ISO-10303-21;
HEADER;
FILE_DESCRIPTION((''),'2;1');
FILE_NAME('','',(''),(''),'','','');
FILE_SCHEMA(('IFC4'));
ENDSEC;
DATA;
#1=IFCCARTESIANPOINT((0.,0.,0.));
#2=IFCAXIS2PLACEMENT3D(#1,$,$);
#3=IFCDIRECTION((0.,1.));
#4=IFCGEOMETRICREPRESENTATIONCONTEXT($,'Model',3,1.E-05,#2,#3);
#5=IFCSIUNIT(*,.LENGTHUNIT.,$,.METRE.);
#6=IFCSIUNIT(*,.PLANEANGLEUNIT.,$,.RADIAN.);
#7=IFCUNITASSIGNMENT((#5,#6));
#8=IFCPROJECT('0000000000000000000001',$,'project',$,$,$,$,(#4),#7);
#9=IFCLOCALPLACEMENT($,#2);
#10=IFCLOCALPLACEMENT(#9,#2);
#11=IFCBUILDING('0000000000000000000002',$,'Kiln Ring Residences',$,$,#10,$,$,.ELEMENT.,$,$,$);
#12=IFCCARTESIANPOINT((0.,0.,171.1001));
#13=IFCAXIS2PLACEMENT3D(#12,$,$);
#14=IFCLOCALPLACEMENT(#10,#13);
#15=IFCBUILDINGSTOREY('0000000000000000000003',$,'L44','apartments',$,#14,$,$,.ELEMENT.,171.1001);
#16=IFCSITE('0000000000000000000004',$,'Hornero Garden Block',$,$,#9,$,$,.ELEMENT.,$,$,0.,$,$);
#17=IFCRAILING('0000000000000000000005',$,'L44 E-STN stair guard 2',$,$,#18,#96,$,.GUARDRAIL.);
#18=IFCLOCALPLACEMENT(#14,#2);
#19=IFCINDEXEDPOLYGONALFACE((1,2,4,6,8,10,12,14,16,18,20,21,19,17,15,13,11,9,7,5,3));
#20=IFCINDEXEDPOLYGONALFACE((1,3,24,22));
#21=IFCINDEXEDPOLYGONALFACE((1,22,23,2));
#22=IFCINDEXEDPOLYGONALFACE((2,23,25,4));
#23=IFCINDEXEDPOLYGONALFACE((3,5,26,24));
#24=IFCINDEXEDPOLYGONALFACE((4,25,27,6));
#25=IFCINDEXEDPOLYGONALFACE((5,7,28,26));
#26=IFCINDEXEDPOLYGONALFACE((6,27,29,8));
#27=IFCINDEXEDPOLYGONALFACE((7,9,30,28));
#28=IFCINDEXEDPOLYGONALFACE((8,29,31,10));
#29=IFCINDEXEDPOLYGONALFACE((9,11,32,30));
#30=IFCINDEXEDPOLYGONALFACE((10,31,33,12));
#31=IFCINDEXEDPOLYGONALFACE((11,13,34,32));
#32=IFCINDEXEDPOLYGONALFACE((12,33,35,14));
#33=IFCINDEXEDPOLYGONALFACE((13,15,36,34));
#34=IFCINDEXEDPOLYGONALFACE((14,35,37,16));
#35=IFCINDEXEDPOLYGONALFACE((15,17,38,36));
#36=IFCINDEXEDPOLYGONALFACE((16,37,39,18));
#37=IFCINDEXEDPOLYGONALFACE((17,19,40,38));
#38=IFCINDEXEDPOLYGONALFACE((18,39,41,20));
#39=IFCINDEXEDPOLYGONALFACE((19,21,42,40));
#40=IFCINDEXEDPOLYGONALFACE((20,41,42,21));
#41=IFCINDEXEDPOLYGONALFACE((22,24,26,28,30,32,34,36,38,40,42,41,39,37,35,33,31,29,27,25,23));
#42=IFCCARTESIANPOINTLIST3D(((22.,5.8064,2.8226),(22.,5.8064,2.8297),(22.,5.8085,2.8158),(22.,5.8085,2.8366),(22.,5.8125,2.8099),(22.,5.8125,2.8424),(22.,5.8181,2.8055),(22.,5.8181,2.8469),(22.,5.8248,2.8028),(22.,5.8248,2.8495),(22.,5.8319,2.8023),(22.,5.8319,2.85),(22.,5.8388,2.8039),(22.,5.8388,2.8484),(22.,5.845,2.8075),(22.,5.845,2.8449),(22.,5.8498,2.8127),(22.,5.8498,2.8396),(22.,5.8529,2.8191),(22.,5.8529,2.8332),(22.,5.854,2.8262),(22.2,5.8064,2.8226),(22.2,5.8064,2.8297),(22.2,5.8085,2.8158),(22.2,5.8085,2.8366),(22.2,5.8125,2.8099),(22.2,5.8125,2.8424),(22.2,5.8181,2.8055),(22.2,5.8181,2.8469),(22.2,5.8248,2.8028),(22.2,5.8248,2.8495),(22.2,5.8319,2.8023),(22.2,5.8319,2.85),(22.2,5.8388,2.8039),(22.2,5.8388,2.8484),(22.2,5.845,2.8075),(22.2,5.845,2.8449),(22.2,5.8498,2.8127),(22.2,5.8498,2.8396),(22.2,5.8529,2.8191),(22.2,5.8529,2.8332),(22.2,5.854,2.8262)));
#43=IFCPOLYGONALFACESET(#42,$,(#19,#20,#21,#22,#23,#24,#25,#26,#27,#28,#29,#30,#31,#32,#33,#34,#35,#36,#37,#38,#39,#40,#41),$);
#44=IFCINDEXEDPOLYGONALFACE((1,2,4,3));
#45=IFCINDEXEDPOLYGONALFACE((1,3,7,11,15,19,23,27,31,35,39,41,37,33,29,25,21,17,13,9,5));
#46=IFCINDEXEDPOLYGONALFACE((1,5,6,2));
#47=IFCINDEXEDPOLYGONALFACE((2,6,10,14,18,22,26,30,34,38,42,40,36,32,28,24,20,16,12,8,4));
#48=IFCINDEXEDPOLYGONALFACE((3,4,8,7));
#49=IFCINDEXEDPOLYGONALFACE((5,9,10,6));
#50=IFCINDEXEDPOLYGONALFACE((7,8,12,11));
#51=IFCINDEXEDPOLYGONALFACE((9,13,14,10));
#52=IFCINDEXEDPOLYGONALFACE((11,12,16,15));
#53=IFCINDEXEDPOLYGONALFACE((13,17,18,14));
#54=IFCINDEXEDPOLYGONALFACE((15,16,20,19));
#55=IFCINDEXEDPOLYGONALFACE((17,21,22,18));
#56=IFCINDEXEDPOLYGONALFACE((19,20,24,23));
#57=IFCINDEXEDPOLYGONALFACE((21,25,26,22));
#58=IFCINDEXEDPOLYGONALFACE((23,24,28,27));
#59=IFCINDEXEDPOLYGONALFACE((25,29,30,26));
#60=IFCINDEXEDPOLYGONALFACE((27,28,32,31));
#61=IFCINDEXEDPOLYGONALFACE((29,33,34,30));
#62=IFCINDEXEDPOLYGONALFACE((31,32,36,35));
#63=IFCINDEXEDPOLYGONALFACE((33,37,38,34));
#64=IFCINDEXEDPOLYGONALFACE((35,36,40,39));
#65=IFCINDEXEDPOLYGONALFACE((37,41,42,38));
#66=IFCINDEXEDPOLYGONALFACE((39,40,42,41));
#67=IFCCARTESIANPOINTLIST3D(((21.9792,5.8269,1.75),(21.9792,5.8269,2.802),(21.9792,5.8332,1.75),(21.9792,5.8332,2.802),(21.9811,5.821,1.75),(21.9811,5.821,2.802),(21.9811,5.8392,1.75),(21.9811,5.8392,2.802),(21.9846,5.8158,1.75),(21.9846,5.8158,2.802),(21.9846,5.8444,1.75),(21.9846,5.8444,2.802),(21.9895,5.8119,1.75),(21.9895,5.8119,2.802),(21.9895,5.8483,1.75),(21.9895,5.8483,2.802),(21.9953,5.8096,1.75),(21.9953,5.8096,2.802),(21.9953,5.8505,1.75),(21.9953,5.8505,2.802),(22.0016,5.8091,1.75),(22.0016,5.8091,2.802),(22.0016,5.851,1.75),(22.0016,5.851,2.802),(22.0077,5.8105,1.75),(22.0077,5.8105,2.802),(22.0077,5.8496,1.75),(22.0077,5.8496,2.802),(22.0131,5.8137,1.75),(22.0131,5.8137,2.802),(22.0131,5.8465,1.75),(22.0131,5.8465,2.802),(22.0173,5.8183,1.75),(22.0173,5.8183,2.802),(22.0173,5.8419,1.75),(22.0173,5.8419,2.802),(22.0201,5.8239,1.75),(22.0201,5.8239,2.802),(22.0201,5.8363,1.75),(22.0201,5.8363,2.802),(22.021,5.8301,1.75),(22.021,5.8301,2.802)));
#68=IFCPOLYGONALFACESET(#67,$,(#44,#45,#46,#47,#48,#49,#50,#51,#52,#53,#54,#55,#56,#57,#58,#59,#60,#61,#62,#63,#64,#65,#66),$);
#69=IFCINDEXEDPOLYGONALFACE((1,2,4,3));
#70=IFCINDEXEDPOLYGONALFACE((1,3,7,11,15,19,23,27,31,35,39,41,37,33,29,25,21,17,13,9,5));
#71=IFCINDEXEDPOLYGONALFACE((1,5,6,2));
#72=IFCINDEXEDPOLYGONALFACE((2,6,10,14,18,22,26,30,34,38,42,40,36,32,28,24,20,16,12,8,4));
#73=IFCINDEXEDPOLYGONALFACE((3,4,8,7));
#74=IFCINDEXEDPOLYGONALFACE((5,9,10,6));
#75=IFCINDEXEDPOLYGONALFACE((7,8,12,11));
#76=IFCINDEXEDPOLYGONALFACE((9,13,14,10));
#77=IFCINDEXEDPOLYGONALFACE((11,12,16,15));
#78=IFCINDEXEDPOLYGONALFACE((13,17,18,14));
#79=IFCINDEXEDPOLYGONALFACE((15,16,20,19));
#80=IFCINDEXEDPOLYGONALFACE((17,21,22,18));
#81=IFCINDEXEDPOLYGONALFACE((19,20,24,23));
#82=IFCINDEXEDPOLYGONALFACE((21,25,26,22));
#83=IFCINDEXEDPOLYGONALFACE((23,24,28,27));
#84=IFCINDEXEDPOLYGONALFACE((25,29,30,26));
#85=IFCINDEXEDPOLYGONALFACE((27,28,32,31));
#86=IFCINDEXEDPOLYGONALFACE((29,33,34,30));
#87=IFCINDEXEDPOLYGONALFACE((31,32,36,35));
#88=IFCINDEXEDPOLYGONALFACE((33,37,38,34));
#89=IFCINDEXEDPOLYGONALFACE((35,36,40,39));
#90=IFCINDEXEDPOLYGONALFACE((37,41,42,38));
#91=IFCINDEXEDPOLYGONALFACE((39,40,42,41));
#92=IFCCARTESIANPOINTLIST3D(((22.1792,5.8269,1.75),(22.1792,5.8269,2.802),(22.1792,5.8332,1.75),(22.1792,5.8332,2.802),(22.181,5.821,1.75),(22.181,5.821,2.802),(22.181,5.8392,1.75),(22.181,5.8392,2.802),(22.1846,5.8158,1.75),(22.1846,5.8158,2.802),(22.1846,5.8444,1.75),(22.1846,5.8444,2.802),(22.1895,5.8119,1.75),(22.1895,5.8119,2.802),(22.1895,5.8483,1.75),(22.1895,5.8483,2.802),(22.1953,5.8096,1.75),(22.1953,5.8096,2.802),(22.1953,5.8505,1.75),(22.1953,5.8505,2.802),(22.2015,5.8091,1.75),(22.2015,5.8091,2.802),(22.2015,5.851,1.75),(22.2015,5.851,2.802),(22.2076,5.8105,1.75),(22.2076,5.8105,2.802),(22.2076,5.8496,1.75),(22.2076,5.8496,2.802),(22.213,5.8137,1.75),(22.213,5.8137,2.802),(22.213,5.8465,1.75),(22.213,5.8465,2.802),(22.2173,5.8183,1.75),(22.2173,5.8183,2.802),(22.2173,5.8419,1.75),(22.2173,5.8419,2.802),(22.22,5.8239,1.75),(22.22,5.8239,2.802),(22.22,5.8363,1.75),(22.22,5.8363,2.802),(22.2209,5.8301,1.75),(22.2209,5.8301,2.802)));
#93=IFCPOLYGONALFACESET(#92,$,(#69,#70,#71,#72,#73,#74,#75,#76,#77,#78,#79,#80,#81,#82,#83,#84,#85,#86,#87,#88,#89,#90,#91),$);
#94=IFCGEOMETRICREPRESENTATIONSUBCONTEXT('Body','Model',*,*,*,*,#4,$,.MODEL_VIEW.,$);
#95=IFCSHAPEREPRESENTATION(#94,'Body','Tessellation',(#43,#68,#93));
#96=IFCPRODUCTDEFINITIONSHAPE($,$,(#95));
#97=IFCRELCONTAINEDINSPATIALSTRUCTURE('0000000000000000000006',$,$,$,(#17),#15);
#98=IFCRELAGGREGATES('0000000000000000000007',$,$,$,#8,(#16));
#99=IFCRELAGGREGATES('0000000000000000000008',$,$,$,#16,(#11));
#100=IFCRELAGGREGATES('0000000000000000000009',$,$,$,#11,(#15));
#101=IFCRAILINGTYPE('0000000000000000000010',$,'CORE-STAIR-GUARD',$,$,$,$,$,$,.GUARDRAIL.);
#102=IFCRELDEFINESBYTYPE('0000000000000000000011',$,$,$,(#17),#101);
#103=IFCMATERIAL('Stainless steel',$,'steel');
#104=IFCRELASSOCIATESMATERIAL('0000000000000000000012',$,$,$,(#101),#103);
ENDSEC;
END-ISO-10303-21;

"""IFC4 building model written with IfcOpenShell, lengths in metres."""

from ifc_helpers import new_model, si_unit, direction, frame, origin, origin_2d, place, context, subcontext, project, spatial, circle, extrude, material, type_object, element, save


model = new_model("IFC4")

# Units and contexts
model_context = context("Model", 3, precision=1e-05, world=origin(), true_north=direction((0.0, 1.0)))
body_context = subcontext(model_context, "Body", "Model", "MODEL_VIEW")
ifc_project = project(units=[si_unit("LENGTHUNIT", "METRE"), si_unit("PLANEANGLEUNIT", "RADIAN")], contexts=[model_context])

# Site, building, storey
site_placement = place(None, origin())
site = spatial("IfcSite", under=ifc_project, at=site_placement, Name="Hornero Garden Block", CompositionType="ELEMENT", RefElevation=0.0)
building_placement = place(site_placement, origin())
building = spatial("IfcBuilding", under=site, at=building_placement, Name="Kiln Ring Residences", CompositionType="ELEMENT")
storey_placement = place(building_placement, frame((0.0, 0.0, 171.1001)))
storey = spatial("IfcBuildingStorey", under=building, at=storey_placement, Name="L44", Description="apartments", CompositionType="ELEMENT", Elevation=171.1001)

# Railing
ifc_material_1 = material(Name="Stainless steel", Category="steel")
railing_type_1 = type_object("IfcRailingType", Name="CORE-STAIR-GUARD", PredefinedType="GUARDRAIL", material=ifc_material_1)
railing_1_placement = place(storey_placement, frame((22.0, 5.8301, 1.75)))
element("IfcRailing", 1, at=railing_1_placement, inside=storey, type_object=railing_type_1, Name="L44 E-STN stair guard 2", PredefinedType="GUARDRAIL", context=body_context, shape_type="SweptSolid", body=[
    extrude(circle(Radius=0.0239, at=origin_2d()), frame((0.0, 0.0, 1.0762), z_axis=(1.0, 0.0, 0.0), x_axis=(0.0, 1.0, 0.0)), (0.0, 0.0, 1.0), 0.2),
    extrude(circle(Radius=0.021, at=origin_2d()), origin(), (0.0, 0.0, 1.0), 1.052),
    extrude(circle(Radius=0.021, at=origin_2d()), frame((0.2, 0.0, 0.0)), (0.0, 0.0, 1.0), 1.052),
])

save(model, "model.ifc")
